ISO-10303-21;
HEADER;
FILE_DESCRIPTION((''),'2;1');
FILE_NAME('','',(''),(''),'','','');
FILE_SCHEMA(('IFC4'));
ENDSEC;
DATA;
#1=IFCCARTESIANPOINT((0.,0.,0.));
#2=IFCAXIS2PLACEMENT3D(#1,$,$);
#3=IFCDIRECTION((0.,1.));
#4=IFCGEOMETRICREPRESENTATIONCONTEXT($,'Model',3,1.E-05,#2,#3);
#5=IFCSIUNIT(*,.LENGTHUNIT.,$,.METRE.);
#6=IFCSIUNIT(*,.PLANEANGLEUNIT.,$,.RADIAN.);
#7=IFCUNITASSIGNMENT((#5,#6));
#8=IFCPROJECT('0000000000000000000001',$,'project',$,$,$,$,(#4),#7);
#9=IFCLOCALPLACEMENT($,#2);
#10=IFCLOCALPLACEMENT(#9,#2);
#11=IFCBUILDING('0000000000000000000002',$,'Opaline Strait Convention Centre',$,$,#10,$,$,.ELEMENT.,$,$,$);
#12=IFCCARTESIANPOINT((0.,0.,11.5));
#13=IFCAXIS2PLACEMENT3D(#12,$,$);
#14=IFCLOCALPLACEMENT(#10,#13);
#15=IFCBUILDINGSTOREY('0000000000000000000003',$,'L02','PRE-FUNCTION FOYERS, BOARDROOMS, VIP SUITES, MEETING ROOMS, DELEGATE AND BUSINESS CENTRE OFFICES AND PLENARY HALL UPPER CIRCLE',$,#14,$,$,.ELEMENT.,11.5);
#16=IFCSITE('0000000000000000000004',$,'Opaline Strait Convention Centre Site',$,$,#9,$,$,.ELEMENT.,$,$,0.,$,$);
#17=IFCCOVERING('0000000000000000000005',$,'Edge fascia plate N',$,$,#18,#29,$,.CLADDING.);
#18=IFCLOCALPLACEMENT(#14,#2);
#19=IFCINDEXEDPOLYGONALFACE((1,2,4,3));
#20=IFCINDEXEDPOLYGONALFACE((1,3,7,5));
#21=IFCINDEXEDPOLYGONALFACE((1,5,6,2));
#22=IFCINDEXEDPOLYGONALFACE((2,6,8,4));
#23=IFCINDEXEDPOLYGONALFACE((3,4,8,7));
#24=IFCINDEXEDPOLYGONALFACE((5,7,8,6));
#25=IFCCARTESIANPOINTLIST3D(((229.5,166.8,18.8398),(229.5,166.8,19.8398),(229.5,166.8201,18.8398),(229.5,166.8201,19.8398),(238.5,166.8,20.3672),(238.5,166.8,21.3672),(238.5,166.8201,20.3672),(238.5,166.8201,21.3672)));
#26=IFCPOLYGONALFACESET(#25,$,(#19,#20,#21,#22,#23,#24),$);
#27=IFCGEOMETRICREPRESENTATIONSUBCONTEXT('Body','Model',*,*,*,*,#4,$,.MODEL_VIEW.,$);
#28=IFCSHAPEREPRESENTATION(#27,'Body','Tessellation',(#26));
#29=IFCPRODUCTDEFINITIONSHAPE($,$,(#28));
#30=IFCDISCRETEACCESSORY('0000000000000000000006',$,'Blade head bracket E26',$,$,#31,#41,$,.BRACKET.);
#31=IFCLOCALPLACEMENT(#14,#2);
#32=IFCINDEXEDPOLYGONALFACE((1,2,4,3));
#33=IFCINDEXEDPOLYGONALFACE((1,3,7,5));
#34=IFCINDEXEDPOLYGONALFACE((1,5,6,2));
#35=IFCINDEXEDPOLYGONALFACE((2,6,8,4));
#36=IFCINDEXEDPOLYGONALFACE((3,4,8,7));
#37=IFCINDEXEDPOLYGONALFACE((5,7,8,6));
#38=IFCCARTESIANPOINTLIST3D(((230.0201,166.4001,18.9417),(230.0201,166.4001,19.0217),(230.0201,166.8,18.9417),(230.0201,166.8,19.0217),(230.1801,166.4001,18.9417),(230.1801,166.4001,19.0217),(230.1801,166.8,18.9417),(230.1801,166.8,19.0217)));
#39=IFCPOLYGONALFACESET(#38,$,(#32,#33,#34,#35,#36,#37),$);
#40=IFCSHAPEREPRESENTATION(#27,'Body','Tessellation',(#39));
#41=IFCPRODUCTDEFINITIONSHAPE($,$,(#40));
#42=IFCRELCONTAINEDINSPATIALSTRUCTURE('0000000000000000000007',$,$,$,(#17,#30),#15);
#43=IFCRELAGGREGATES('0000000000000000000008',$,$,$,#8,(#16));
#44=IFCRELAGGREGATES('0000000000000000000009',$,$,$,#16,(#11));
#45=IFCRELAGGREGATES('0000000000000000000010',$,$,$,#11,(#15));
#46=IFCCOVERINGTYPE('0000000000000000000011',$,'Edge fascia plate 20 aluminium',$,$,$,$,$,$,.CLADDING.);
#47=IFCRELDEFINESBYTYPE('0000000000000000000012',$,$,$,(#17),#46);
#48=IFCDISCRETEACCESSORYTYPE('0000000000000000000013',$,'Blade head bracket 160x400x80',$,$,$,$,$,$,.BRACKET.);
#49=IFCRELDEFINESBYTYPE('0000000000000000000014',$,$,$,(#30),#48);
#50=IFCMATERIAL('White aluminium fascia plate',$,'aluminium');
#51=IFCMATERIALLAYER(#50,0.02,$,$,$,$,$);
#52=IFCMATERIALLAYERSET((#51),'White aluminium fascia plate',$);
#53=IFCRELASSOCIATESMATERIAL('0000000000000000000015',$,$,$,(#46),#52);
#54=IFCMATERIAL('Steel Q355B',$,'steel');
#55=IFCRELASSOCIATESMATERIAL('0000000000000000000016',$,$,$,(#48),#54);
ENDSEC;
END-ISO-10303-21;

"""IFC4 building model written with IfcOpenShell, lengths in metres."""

from ifc_helpers import new_model, si_unit, direction, frame, origin, origin_2d, place, context, subcontext, project, spatial, polyline, rectangle, outline, extrude, material, layer, layer_set, type_object, element, save


model = new_model("IFC4")

# Units and contexts
model_context = context("Model", 3, precision=1e-05, world=origin(), true_north=direction((0.0, 1.0)))
body_context = subcontext(model_context, "Body", "Model", "MODEL_VIEW")
ifc_project = project(units=[si_unit("LENGTHUNIT", "METRE"), si_unit("PLANEANGLEUNIT", "RADIAN")], contexts=[model_context])

# Site, building, storey
site_placement = place(None, origin())
site = spatial("IfcSite", under=ifc_project, at=site_placement, Name="Opaline Strait Convention Centre Site", CompositionType="ELEMENT", RefElevation=0.0)
building_placement = place(site_placement, origin())
building = spatial("IfcBuilding", under=site, at=building_placement, Name="Opaline Strait Convention Centre", CompositionType="ELEMENT")
storey_placement = place(building_placement, frame((0.0, 0.0, 11.5)))
storey = spatial("IfcBuildingStorey", under=building, at=storey_placement, Name="L02", Description="PRE-FUNCTION FOYERS, BOARDROOMS, VIP SUITES, MEETING ROOMS, DELEGATE AND BUSINESS CENTRE OFFICES AND PLENARY HALL UPPER CIRCLE", CompositionType="ELEMENT", Elevation=11.5)

# Shared definitions
ifc_material_1 = material(Name="Steel Q355B", Category="steel")

# Covering
ifc_material_2 = material(Name="White aluminium fascia plate", Category="aluminium")
ifc_layer_1 = layer(ifc_material_2, 0.02)
ifc_layer_set_1 = layer_set([ifc_layer_1], Name="White aluminium fascia plate")
covering_type = type_object("IfcCoveringType", Name="Edge fascia plate 20 aluminium", PredefinedType="CLADDING", material=ifc_layer_set_1)
covering_placement = place(storey_placement, frame((234.0, 166.8, 20.1035), z_axis=(0.0, 1.0, 0.0), x_axis=(-1.0, 0.0, 0.0)))
element("IfcCovering", 1, at=covering_placement, inside=storey, type_object=covering_type, Name="Edge fascia plate N", PredefinedType="CLADDING", context=body_context, shape_type="SweptSolid", body=[
    extrude(outline(polyline([(-4.5, 1.2637), (4.5, -0.2637), (4.5, -1.2637), (-4.5, 0.2637), (-4.5, 1.2637)])), origin(), (0.0, 0.0, 1.0), 0.02),
])

# Discrete accessory
discrete_accessory_type = type_object("IfcDiscreteAccessoryType", Name="Blade head bracket 160x400x80", PredefinedType="BRACKET", material=ifc_material_1)
discrete_accessory_placement = place(storey_placement, frame((230.1001, 166.6001, 18.9417), z_axis=(0.0, 0.0, 1.0), x_axis=(1.0, 0.0, 0.0)))
element("IfcDiscreteAccessory", 2, at=discrete_accessory_placement, inside=storey, type_object=discrete_accessory_type, Name="Blade head bracket E26", PredefinedType="BRACKET", context=body_context, shape_type="SweptSolid", body=[
    extrude(rectangle(XDim=0.1599, YDim=0.3999, at=origin_2d()), origin(), (0.0, 0.0, 1.0), 0.0801),
])

save(model, "model.ifc")
